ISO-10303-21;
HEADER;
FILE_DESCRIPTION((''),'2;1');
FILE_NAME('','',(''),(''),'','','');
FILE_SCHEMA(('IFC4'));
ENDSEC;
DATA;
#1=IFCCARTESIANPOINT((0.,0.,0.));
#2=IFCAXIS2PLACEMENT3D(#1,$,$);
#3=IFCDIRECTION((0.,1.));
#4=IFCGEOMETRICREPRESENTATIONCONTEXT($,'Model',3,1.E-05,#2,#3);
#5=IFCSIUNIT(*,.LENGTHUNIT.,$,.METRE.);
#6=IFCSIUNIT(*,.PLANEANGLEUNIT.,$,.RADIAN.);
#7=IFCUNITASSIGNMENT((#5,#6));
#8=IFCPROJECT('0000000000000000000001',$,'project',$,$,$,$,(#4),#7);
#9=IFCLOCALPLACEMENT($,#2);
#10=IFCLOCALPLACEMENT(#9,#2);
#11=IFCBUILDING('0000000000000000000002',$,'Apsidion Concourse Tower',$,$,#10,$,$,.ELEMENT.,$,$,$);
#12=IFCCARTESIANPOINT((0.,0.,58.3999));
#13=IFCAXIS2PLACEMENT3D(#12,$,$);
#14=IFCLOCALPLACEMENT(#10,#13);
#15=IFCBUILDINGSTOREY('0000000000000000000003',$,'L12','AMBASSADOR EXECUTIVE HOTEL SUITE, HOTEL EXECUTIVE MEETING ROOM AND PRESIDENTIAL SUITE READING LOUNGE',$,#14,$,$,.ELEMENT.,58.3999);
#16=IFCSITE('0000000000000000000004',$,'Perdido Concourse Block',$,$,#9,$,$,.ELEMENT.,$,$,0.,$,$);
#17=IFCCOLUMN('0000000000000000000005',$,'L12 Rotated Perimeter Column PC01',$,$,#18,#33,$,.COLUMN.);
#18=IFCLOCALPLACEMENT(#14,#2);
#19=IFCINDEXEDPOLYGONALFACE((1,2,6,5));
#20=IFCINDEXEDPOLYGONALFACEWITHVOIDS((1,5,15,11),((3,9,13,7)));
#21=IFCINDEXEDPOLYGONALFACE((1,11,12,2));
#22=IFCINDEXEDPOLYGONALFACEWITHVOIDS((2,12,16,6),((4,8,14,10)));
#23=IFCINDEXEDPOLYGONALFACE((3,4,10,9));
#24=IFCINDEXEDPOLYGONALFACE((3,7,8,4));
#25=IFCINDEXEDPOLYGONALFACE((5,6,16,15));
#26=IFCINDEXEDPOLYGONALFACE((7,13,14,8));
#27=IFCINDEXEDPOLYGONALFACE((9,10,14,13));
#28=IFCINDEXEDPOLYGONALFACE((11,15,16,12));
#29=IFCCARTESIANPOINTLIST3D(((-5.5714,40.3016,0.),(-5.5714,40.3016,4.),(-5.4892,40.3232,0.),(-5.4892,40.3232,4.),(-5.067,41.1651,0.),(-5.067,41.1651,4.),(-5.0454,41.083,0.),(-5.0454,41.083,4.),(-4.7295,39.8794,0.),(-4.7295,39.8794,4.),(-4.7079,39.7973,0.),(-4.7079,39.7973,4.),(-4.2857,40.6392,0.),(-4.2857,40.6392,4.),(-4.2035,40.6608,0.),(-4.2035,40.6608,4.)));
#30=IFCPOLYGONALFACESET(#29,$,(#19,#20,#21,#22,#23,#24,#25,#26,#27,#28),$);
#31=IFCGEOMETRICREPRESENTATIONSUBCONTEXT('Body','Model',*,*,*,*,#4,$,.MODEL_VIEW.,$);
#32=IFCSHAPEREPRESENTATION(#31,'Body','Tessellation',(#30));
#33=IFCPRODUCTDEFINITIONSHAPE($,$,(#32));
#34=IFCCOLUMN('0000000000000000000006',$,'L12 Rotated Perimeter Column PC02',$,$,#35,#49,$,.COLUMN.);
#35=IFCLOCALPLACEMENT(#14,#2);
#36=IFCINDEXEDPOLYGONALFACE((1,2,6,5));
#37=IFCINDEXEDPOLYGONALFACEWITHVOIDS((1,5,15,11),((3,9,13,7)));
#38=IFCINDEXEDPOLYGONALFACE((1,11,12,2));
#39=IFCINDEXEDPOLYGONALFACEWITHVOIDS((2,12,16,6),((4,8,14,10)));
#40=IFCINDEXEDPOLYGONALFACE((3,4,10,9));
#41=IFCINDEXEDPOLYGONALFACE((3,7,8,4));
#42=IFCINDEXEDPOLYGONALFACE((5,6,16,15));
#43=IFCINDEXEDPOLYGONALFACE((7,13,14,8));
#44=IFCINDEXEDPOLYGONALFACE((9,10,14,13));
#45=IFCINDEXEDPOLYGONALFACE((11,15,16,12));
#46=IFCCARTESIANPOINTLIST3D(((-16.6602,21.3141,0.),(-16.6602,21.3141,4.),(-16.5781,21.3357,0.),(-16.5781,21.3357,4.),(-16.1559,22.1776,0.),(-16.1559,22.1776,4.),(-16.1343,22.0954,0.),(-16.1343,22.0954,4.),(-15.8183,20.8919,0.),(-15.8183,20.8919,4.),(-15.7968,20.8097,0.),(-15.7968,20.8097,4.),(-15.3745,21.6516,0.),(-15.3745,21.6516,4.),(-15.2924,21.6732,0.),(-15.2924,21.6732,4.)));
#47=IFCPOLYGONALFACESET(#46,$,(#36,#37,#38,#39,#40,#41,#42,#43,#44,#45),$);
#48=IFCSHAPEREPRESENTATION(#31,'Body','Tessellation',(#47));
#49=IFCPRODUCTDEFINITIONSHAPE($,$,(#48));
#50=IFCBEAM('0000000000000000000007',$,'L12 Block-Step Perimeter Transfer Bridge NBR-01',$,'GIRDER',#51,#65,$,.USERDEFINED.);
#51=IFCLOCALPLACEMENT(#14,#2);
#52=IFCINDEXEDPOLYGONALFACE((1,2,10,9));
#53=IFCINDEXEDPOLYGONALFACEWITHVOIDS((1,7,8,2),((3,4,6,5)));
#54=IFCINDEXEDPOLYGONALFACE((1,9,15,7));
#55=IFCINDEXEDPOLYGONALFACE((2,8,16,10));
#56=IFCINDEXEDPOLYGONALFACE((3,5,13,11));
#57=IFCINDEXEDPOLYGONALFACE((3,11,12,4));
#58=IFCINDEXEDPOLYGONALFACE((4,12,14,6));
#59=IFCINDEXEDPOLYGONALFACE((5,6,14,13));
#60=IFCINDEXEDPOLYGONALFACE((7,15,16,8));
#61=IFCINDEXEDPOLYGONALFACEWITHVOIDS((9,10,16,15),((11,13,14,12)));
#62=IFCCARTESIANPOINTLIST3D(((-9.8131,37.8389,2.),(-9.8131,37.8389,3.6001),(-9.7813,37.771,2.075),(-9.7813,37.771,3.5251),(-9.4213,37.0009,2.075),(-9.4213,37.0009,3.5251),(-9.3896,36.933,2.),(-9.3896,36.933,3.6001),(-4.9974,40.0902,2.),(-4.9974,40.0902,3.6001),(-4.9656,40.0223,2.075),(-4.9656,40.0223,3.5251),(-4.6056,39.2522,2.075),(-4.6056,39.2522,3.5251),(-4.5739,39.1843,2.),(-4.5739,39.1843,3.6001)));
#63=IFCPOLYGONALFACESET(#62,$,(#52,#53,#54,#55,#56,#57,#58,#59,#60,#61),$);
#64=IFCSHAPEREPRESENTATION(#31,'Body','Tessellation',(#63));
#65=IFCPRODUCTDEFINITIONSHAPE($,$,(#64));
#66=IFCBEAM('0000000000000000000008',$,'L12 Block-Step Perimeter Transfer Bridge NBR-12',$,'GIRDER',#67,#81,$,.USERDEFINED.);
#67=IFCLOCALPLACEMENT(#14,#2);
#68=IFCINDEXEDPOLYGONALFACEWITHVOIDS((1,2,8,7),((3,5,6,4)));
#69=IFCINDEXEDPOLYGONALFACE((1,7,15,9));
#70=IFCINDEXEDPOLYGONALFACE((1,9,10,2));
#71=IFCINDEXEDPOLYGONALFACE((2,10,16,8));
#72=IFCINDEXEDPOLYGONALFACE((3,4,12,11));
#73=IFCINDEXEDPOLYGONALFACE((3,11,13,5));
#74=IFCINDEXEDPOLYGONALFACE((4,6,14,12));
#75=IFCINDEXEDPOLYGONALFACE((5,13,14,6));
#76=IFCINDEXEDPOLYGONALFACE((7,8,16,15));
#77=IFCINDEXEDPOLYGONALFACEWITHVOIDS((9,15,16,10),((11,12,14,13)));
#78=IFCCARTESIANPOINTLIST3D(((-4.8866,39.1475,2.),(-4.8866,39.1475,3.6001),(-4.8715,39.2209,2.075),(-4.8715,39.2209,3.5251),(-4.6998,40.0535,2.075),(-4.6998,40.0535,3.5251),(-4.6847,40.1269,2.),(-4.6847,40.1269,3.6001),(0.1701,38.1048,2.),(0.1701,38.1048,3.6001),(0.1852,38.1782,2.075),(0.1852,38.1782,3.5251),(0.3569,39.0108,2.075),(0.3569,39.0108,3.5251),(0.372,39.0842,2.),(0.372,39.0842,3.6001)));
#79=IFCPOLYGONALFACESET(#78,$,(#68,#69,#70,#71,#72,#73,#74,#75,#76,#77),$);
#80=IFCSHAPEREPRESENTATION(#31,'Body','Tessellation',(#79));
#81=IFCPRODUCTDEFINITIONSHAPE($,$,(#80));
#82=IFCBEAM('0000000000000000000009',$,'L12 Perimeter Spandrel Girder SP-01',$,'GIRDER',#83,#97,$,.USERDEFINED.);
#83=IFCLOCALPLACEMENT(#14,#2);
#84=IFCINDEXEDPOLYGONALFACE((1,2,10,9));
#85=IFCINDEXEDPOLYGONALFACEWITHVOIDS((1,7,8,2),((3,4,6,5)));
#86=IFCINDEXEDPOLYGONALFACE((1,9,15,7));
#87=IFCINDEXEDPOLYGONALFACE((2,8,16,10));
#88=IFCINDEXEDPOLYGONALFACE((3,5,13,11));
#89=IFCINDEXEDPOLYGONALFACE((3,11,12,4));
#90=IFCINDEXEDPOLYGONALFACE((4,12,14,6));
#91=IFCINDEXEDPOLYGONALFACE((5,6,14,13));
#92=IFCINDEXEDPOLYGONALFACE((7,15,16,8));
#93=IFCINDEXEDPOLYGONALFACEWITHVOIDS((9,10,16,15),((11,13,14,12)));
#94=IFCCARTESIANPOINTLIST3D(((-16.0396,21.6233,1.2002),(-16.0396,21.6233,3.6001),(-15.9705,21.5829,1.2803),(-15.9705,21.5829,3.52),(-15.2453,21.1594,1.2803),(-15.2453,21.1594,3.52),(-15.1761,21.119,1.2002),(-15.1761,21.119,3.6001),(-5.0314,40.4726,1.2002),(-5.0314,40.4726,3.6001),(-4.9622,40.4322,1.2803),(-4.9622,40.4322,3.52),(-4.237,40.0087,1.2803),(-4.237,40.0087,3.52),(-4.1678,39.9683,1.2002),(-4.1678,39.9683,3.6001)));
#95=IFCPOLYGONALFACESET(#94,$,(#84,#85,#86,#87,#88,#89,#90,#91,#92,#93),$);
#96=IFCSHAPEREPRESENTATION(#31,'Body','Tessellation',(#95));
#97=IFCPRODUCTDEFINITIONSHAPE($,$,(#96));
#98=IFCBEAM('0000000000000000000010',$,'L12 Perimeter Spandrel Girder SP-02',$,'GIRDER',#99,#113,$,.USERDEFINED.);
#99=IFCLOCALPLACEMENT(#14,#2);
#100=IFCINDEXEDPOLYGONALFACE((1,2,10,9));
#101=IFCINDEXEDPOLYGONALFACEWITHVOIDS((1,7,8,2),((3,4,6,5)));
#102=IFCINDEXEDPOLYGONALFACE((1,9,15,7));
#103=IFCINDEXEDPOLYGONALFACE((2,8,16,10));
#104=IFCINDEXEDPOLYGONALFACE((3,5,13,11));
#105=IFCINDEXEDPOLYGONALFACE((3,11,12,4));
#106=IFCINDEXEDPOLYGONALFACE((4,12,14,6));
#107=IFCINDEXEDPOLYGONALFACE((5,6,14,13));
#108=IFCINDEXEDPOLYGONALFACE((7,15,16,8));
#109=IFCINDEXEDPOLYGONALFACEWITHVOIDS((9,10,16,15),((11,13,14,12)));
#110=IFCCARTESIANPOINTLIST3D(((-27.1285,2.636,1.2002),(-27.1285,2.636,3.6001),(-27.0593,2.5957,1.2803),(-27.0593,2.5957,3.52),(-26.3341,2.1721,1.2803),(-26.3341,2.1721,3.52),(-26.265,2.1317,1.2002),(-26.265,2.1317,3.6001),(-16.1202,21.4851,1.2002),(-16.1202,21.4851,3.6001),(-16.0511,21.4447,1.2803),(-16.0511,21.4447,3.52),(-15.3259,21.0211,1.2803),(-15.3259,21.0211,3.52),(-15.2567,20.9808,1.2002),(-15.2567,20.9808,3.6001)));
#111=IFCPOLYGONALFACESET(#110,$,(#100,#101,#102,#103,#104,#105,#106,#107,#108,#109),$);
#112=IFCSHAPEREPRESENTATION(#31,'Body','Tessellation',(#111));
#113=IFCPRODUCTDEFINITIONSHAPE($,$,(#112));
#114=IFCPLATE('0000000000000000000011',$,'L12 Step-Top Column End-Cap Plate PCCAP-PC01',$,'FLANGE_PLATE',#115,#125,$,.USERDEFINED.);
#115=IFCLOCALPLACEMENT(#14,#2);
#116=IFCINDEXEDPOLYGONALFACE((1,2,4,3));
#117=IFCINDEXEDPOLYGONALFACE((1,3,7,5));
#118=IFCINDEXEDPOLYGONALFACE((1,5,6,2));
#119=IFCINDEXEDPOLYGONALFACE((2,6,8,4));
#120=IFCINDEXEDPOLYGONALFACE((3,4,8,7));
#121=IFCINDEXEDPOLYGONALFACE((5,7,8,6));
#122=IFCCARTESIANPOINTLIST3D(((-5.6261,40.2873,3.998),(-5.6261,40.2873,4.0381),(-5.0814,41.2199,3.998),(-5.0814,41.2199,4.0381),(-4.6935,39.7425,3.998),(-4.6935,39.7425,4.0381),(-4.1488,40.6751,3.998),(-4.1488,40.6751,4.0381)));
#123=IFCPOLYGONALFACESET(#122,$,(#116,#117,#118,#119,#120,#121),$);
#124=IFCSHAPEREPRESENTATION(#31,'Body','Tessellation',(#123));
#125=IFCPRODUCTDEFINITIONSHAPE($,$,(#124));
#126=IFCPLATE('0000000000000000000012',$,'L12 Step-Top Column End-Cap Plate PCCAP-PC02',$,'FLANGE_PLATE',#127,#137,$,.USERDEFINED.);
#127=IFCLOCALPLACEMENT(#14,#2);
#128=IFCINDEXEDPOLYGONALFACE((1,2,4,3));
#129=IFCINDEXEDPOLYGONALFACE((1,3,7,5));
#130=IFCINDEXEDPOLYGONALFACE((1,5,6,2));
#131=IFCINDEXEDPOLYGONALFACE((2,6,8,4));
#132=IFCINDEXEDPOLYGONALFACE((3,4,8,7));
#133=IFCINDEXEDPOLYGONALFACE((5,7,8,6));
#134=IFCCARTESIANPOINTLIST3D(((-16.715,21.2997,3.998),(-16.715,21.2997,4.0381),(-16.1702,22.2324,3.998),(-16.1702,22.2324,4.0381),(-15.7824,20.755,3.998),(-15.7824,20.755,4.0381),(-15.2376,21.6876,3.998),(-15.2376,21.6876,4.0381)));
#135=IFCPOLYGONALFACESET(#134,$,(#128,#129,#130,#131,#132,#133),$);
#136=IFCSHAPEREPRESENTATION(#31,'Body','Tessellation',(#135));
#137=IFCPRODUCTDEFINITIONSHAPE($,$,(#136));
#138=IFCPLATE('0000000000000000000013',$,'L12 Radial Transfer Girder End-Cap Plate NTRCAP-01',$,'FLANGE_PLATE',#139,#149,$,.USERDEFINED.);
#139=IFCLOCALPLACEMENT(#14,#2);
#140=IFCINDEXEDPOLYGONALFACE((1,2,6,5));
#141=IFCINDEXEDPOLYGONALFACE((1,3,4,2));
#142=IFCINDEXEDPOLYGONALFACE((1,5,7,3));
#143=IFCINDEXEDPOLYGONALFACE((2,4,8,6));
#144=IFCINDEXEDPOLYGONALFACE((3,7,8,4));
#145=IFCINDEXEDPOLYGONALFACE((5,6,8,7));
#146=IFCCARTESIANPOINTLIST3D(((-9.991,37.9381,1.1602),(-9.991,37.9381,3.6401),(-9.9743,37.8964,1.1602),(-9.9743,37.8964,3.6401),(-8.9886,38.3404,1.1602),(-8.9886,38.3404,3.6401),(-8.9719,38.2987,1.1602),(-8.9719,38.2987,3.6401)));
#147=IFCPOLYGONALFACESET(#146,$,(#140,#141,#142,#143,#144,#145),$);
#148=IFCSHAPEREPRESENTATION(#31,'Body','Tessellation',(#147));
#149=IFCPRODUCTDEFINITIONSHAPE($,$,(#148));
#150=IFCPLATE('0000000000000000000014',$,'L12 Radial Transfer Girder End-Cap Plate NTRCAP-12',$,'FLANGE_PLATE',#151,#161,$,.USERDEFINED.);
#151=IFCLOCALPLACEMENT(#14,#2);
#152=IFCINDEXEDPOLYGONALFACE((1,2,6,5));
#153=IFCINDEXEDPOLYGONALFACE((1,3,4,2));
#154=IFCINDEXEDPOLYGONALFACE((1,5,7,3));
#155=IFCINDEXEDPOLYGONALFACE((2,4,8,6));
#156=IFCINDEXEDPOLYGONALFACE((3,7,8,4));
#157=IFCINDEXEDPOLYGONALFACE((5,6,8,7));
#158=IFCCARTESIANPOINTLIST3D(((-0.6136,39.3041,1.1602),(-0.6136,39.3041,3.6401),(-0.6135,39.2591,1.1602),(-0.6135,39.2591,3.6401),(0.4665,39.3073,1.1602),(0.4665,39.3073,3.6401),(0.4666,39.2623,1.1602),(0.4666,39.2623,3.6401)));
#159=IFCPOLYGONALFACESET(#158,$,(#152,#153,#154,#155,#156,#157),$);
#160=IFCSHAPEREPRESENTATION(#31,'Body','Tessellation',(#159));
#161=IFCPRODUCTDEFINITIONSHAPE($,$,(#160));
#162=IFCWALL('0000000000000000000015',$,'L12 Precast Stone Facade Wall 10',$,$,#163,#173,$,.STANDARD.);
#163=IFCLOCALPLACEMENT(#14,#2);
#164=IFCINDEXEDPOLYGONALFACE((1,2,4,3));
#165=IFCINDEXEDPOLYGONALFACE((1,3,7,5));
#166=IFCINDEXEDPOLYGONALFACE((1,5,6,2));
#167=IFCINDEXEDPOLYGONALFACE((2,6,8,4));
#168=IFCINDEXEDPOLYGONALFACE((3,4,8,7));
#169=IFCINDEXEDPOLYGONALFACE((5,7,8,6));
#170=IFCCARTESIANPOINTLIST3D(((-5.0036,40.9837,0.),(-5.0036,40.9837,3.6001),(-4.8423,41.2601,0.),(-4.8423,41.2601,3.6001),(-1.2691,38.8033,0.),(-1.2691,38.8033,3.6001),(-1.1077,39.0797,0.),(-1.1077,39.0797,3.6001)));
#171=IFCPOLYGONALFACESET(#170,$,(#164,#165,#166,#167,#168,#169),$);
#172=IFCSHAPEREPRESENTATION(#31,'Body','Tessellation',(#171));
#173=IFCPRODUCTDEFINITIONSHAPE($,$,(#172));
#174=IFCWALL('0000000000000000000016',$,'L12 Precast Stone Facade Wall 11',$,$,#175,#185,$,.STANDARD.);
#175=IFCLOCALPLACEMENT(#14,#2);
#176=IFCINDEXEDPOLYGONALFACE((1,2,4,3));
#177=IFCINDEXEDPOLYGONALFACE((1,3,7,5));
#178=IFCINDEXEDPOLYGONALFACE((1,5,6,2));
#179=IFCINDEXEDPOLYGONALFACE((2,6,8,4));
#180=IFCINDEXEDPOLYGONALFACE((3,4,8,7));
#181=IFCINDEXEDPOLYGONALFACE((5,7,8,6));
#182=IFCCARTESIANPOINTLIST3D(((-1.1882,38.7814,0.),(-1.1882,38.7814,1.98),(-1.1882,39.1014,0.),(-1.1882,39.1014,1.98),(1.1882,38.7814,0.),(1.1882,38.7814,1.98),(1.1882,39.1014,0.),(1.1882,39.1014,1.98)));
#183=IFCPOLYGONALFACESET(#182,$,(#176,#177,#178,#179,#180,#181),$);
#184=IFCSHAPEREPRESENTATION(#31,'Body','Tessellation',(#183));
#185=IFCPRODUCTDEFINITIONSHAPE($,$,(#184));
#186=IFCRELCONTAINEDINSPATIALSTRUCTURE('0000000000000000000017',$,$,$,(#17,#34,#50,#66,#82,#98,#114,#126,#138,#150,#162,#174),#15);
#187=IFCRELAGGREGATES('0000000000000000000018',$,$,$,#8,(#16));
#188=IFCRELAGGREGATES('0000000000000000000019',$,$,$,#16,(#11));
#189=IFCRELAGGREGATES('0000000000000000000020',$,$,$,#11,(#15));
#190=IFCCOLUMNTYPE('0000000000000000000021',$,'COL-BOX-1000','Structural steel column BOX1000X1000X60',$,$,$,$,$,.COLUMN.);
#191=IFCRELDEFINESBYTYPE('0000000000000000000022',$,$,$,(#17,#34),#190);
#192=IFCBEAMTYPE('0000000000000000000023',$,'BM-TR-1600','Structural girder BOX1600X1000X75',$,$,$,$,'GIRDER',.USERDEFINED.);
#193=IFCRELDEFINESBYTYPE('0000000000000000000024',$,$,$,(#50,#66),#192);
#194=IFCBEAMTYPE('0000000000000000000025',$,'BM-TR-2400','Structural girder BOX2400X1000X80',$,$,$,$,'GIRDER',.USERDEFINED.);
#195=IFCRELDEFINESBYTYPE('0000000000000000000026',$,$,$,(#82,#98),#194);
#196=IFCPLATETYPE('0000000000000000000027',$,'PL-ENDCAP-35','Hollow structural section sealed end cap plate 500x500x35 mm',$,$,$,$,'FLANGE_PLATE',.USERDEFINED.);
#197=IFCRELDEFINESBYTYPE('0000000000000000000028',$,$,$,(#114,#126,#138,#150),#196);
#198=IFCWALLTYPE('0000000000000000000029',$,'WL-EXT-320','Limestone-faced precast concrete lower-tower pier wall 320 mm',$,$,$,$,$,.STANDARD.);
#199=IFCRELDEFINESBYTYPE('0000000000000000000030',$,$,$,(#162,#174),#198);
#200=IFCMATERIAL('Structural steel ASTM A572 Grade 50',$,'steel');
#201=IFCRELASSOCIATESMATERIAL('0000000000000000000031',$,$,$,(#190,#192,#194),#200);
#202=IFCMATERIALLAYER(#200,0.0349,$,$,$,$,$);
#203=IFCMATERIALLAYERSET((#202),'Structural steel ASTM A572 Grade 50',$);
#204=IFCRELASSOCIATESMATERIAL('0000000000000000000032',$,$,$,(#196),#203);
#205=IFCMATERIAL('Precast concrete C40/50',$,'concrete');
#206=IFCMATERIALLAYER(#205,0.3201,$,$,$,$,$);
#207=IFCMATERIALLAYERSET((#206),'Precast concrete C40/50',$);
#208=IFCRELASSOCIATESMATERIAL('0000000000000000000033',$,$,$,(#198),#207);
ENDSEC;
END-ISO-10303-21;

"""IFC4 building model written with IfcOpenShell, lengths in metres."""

from ifc_helpers import new_model, si_unit, direction, frame, frame_2d, origin, origin_2d, place, context, subcontext, project, spatial, rectangle, hollow_rectangle, extrude, material, layer, layer_set, material_profile, profile_set, type_object, element, save


model = new_model("IFC4")

# Units and contexts
model_context = context("Model", 3, precision=1e-05, world=origin(), true_north=direction((0.0, 1.0)))
body_context = subcontext(model_context, "Body", "Model", "MODEL_VIEW")
ifc_project = project(units=[si_unit("LENGTHUNIT", "METRE"), si_unit("PLANEANGLEUNIT", "RADIAN")], contexts=[model_context])

# Site, building, storey
site_placement = place(None, origin())
site = spatial("IfcSite", under=ifc_project, at=site_placement, Name="Perdido Concourse Block", CompositionType="ELEMENT", RefElevation=0.0)
building_placement = place(site_placement, origin())
building = spatial("IfcBuilding", under=site, at=building_placement, Name="Apsidion Concourse Tower", CompositionType="ELEMENT")
storey_placement = place(building_placement, frame((0.0, 0.0, 58.3999)))
storey = spatial("IfcBuildingStorey", under=building, at=storey_placement, Name="L12", Description="AMBASSADOR EXECUTIVE HOTEL SUITE, HOTEL EXECUTIVE MEETING ROOM AND PRESIDENTIAL SUITE READING LOUNGE", CompositionType="ELEMENT", Elevation=58.3999)

# Columns
ifc_material_1 = material(Name="Structural steel ASTM A572 Grade 50", Category="steel")
ifc_material_profile_1 = material_profile(ifc_material_1, hollow_rectangle(XDim=1.0, YDim=1.0, WallThickness=0.0601, at=origin_2d()), Name="BOX1000X1000X60")
ifc_profile_set_1 = profile_set([ifc_material_profile_1], Name="Structural steel ASTM A572 Grade 50")
column_type = type_object("IfcColumnType", Name="COL-BOX-1000", Description="Structural steel column BOX1000X1000X60", PredefinedType="COLUMN", material=ifc_profile_set_1)
for number, where, z_axis, x_axis, name in (
    (1, (-4.8875, 40.4812, 0.0), (0.0, 0.0, 1.0), (0.504377, 0.863484, 0.0), "L12 Rotated Perimeter Column PC01"),
    (2, (-15.9763, 21.4937, 0.0), (0.0, 0.0, 1.0), (0.504377, 0.863484, 0.0), "L12 Rotated Perimeter Column PC02"),
):
    element("IfcColumn", number, at=place(storey_placement, frame(where, z_axis=z_axis, x_axis=x_axis)), inside=storey, type_object=column_type, Name=name, PredefinedType="COLUMN", context=body_context, shape_type="SweptSolid", body=[
        extrude(hollow_rectangle(XDim=1.0, YDim=1.0, WallThickness=0.0601, at=origin_2d()), origin(), (0.0, 0.0, 1.0), 4.0),
    ])

# Beams
ifc_material_profile_2 = material_profile(ifc_material_1, hollow_rectangle(XDim=1.0, YDim=1.6001, WallThickness=0.075, at=origin_2d()), Name="BOX1600X1000X75")
ifc_profile_set_2 = profile_set([ifc_material_profile_2], Name="Structural steel ASTM A572 Grade 50")
beam_type_1 = type_object("IfcBeamType", Name="BM-TR-1600", Description="Structural girder BOX1600X1000X75", ElementType="GIRDER", PredefinedType="USERDEFINED", material=ifc_profile_set_2)
beam_1_placement = place(storey_placement, frame((-4.7856, 39.6372, 2.8), z_axis=(-0.905901, -0.423489, 0.0), x_axis=(0.423489, -0.905901, 0.0)))
element("IfcBeam", 3, at=beam_1_placement, inside=storey, type_object=beam_type_1, Name="L12 Block-Step Perimeter Transfer Bridge NBR-01", ObjectType="GIRDER", PredefinedType="USERDEFINED", context=body_context, shape_type="SweptSolid", body=[
    extrude(hollow_rectangle(XDim=1.0, YDim=1.6001, WallThickness=0.075, at=origin_2d()), origin(), (0.0, 0.0, 1.0), 5.3159),
])
beam_2_placement = place(storey_placement, frame((-4.7856, 39.6372, 2.8), z_axis=(0.979394, -0.20196, 0.0), x_axis=(0.20196, 0.979394, 0.0)))
element("IfcBeam", 4, at=beam_2_placement, inside=storey, type_object=beam_type_1, Name="L12 Block-Step Perimeter Transfer Bridge NBR-12", ObjectType="GIRDER", PredefinedType="USERDEFINED", context=body_context, shape_type="SweptSolid", body=[
    extrude(hollow_rectangle(XDim=1.0, YDim=1.6001, WallThickness=0.075, at=origin_2d()), origin(), (0.0, 0.0, 1.0), 5.1631),
])
ifc_material_profile_3 = material_profile(ifc_material_1, hollow_rectangle(XDim=1.0, YDim=2.3999, WallThickness=0.0801, at=origin_2d()), Name="BOX2400X1000X80")
ifc_profile_set_3 = profile_set([ifc_material_profile_3], Name="Structural steel ASTM A572 Grade 50")
beam_type_2 = type_object("IfcBeamType", Name="BM-TR-2400", Description="Structural girder BOX2400X1000X80", ElementType="GIRDER", PredefinedType="USERDEFINED", material=ifc_profile_set_3)
beam_3_placement = place(storey_placement, frame((-4.5996, 40.2205, 2.4001), z_axis=(-0.50431, -0.863523, 0.0), x_axis=(0.863523, -0.50431, 0.0)))
element("IfcBeam", 5, at=beam_3_placement, inside=storey, type_object=beam_type_2, Name="L12 Perimeter Spandrel Girder SP-01", ObjectType="GIRDER", PredefinedType="USERDEFINED", context=body_context, shape_type="SweptSolid", body=[
    extrude(hollow_rectangle(XDim=1.0, YDim=2.3999, WallThickness=0.0801, at=origin_2d()), origin(), (0.0, 0.0, 1.0), 21.8284),
])
beam_4_placement = place(storey_placement, frame((-15.6885, 21.2329, 2.4001), z_axis=(-0.504315, -0.86352, 0.0), x_axis=(0.86352, -0.504315, 0.0)))
element("IfcBeam", 6, at=beam_4_placement, inside=storey, type_object=beam_type_2, Name="L12 Perimeter Spandrel Girder SP-02", ObjectType="GIRDER", PredefinedType="USERDEFINED", context=body_context, shape_type="SweptSolid", body=[
    extrude(hollow_rectangle(XDim=1.0, YDim=2.3999, WallThickness=0.0801, at=origin_2d()), origin(), (0.0, 0.0, 1.0), 21.8281),
])

# Plates
ifc_layer_1 = layer(ifc_material_1, 0.0349)
ifc_layer_set_1 = layer_set([ifc_layer_1], Name="Structural steel ASTM A572 Grade 50")
plate_type = type_object("IfcPlateType", Name="PL-ENDCAP-35", Description="Hollow structural section sealed end cap plate 500x500x35 mm", ElementType="FLANGE_PLATE", PredefinedType="USERDEFINED", material=ifc_layer_set_1)
for number, where, z_axis, x_axis, name in (
    (7, (-4.8875, 40.4812, 3.998), (0.0, 0.0, 1.0), (0.504377, 0.863484, 0.0), "L12 Step-Top Column End-Cap Plate PCCAP-PC01"),
    (8, (-15.9763, 21.4937, 3.998), (0.0, 0.0, 1.0), (0.504377, 0.863484, 0.0), "L12 Step-Top Column End-Cap Plate PCCAP-PC02"),
):
    element("IfcPlate", number, at=place(storey_placement, frame(where, z_axis=z_axis, x_axis=x_axis)), inside=storey, type_object=plate_type, Name=name, ObjectType="FLANGE_PLATE", PredefinedType="USERDEFINED", context=body_context, shape_type="SweptSolid", body=[
        extrude(rectangle(XDim=1.0801, YDim=1.0801, at=origin_2d()), origin(), (0.0, 0.0, 1.0), 0.04),
    ])
for number, where, z_axis, x_axis, name in (
    (9, (-9.4814, 38.1184, 1.1602), (0.0, 0.0, 1.0), (-0.372502, 0.928031, 0.0), "L12 Radial Transfer Girder End-Cap Plate NTRCAP-01"),
    (10, (-0.0735, 39.2832, 1.1602), (0.0, 0.0, 1.0), (-0.002967, 0.999996, 0.0), "L12 Radial Transfer Girder End-Cap Plate NTRCAP-12"),
):
    element("IfcPlate", number, at=place(storey_placement, frame(where, z_axis=z_axis, x_axis=x_axis)), inside=storey, type_object=plate_type, Name=name, ObjectType="FLANGE_PLATE", PredefinedType="USERDEFINED", context=body_context, shape_type="SweptSolid", body=[
        extrude(rectangle(XDim=0.0449, YDim=1.0801, at=origin_2d()), origin(), (0.0, 0.0, 1.0), 2.48),
    ])

# Walls
ifc_material_2 = material(Name="Precast concrete C40/50", Category="concrete")
ifc_layer_2 = layer(ifc_material_2, 0.3201)
ifc_layer_set_2 = layer_set([ifc_layer_2], Name="Precast concrete C40/50")
wall_type_1 = type_object("IfcWallType", Name="WL-EXT-320", Description="Limestone-faced precast concrete lower-tower pier wall 320 mm", PredefinedType="STANDARD", material=ifc_layer_set_2)
wall_1_placement = place(storey_placement, frame((-4.9229, 41.1218, 0.0), z_axis=(0.0, 0.0, 1.0), x_axis=(0.863588, -0.504197, 0.0)))
element("IfcWall", 11, at=wall_1_placement, inside=storey, type_object=wall_type_1, Name="L12 Precast Stone Facade Wall 10", PredefinedType="STANDARD", context=body_context, shape_type="SweptSolid", body=[
    extrude(rectangle(XDim=4.3245, YDim=0.3201, at=frame_2d((2.1621, 0.0))), origin(), (0.0, 0.0, 1.0), 3.6001),
])
wall_2_placement = place(storey_placement, frame((-1.1882, 38.9414, 0.0), z_axis=(0.0, 0.0, 1.0), x_axis=(1.0, 0.0, 0.0)))
element("IfcWall", 12, at=wall_2_placement, inside=storey, type_object=wall_type_1, Name="L12 Precast Stone Facade Wall 11", PredefinedType="STANDARD", context=body_context, shape_type="SweptSolid", body=[
    extrude(rectangle(XDim=2.3765, YDim=0.3201, at=frame_2d((1.1882, 0.0))), origin(), (0.0, 0.0, 1.0), 1.98),
])

save(model, "model.ifc")
